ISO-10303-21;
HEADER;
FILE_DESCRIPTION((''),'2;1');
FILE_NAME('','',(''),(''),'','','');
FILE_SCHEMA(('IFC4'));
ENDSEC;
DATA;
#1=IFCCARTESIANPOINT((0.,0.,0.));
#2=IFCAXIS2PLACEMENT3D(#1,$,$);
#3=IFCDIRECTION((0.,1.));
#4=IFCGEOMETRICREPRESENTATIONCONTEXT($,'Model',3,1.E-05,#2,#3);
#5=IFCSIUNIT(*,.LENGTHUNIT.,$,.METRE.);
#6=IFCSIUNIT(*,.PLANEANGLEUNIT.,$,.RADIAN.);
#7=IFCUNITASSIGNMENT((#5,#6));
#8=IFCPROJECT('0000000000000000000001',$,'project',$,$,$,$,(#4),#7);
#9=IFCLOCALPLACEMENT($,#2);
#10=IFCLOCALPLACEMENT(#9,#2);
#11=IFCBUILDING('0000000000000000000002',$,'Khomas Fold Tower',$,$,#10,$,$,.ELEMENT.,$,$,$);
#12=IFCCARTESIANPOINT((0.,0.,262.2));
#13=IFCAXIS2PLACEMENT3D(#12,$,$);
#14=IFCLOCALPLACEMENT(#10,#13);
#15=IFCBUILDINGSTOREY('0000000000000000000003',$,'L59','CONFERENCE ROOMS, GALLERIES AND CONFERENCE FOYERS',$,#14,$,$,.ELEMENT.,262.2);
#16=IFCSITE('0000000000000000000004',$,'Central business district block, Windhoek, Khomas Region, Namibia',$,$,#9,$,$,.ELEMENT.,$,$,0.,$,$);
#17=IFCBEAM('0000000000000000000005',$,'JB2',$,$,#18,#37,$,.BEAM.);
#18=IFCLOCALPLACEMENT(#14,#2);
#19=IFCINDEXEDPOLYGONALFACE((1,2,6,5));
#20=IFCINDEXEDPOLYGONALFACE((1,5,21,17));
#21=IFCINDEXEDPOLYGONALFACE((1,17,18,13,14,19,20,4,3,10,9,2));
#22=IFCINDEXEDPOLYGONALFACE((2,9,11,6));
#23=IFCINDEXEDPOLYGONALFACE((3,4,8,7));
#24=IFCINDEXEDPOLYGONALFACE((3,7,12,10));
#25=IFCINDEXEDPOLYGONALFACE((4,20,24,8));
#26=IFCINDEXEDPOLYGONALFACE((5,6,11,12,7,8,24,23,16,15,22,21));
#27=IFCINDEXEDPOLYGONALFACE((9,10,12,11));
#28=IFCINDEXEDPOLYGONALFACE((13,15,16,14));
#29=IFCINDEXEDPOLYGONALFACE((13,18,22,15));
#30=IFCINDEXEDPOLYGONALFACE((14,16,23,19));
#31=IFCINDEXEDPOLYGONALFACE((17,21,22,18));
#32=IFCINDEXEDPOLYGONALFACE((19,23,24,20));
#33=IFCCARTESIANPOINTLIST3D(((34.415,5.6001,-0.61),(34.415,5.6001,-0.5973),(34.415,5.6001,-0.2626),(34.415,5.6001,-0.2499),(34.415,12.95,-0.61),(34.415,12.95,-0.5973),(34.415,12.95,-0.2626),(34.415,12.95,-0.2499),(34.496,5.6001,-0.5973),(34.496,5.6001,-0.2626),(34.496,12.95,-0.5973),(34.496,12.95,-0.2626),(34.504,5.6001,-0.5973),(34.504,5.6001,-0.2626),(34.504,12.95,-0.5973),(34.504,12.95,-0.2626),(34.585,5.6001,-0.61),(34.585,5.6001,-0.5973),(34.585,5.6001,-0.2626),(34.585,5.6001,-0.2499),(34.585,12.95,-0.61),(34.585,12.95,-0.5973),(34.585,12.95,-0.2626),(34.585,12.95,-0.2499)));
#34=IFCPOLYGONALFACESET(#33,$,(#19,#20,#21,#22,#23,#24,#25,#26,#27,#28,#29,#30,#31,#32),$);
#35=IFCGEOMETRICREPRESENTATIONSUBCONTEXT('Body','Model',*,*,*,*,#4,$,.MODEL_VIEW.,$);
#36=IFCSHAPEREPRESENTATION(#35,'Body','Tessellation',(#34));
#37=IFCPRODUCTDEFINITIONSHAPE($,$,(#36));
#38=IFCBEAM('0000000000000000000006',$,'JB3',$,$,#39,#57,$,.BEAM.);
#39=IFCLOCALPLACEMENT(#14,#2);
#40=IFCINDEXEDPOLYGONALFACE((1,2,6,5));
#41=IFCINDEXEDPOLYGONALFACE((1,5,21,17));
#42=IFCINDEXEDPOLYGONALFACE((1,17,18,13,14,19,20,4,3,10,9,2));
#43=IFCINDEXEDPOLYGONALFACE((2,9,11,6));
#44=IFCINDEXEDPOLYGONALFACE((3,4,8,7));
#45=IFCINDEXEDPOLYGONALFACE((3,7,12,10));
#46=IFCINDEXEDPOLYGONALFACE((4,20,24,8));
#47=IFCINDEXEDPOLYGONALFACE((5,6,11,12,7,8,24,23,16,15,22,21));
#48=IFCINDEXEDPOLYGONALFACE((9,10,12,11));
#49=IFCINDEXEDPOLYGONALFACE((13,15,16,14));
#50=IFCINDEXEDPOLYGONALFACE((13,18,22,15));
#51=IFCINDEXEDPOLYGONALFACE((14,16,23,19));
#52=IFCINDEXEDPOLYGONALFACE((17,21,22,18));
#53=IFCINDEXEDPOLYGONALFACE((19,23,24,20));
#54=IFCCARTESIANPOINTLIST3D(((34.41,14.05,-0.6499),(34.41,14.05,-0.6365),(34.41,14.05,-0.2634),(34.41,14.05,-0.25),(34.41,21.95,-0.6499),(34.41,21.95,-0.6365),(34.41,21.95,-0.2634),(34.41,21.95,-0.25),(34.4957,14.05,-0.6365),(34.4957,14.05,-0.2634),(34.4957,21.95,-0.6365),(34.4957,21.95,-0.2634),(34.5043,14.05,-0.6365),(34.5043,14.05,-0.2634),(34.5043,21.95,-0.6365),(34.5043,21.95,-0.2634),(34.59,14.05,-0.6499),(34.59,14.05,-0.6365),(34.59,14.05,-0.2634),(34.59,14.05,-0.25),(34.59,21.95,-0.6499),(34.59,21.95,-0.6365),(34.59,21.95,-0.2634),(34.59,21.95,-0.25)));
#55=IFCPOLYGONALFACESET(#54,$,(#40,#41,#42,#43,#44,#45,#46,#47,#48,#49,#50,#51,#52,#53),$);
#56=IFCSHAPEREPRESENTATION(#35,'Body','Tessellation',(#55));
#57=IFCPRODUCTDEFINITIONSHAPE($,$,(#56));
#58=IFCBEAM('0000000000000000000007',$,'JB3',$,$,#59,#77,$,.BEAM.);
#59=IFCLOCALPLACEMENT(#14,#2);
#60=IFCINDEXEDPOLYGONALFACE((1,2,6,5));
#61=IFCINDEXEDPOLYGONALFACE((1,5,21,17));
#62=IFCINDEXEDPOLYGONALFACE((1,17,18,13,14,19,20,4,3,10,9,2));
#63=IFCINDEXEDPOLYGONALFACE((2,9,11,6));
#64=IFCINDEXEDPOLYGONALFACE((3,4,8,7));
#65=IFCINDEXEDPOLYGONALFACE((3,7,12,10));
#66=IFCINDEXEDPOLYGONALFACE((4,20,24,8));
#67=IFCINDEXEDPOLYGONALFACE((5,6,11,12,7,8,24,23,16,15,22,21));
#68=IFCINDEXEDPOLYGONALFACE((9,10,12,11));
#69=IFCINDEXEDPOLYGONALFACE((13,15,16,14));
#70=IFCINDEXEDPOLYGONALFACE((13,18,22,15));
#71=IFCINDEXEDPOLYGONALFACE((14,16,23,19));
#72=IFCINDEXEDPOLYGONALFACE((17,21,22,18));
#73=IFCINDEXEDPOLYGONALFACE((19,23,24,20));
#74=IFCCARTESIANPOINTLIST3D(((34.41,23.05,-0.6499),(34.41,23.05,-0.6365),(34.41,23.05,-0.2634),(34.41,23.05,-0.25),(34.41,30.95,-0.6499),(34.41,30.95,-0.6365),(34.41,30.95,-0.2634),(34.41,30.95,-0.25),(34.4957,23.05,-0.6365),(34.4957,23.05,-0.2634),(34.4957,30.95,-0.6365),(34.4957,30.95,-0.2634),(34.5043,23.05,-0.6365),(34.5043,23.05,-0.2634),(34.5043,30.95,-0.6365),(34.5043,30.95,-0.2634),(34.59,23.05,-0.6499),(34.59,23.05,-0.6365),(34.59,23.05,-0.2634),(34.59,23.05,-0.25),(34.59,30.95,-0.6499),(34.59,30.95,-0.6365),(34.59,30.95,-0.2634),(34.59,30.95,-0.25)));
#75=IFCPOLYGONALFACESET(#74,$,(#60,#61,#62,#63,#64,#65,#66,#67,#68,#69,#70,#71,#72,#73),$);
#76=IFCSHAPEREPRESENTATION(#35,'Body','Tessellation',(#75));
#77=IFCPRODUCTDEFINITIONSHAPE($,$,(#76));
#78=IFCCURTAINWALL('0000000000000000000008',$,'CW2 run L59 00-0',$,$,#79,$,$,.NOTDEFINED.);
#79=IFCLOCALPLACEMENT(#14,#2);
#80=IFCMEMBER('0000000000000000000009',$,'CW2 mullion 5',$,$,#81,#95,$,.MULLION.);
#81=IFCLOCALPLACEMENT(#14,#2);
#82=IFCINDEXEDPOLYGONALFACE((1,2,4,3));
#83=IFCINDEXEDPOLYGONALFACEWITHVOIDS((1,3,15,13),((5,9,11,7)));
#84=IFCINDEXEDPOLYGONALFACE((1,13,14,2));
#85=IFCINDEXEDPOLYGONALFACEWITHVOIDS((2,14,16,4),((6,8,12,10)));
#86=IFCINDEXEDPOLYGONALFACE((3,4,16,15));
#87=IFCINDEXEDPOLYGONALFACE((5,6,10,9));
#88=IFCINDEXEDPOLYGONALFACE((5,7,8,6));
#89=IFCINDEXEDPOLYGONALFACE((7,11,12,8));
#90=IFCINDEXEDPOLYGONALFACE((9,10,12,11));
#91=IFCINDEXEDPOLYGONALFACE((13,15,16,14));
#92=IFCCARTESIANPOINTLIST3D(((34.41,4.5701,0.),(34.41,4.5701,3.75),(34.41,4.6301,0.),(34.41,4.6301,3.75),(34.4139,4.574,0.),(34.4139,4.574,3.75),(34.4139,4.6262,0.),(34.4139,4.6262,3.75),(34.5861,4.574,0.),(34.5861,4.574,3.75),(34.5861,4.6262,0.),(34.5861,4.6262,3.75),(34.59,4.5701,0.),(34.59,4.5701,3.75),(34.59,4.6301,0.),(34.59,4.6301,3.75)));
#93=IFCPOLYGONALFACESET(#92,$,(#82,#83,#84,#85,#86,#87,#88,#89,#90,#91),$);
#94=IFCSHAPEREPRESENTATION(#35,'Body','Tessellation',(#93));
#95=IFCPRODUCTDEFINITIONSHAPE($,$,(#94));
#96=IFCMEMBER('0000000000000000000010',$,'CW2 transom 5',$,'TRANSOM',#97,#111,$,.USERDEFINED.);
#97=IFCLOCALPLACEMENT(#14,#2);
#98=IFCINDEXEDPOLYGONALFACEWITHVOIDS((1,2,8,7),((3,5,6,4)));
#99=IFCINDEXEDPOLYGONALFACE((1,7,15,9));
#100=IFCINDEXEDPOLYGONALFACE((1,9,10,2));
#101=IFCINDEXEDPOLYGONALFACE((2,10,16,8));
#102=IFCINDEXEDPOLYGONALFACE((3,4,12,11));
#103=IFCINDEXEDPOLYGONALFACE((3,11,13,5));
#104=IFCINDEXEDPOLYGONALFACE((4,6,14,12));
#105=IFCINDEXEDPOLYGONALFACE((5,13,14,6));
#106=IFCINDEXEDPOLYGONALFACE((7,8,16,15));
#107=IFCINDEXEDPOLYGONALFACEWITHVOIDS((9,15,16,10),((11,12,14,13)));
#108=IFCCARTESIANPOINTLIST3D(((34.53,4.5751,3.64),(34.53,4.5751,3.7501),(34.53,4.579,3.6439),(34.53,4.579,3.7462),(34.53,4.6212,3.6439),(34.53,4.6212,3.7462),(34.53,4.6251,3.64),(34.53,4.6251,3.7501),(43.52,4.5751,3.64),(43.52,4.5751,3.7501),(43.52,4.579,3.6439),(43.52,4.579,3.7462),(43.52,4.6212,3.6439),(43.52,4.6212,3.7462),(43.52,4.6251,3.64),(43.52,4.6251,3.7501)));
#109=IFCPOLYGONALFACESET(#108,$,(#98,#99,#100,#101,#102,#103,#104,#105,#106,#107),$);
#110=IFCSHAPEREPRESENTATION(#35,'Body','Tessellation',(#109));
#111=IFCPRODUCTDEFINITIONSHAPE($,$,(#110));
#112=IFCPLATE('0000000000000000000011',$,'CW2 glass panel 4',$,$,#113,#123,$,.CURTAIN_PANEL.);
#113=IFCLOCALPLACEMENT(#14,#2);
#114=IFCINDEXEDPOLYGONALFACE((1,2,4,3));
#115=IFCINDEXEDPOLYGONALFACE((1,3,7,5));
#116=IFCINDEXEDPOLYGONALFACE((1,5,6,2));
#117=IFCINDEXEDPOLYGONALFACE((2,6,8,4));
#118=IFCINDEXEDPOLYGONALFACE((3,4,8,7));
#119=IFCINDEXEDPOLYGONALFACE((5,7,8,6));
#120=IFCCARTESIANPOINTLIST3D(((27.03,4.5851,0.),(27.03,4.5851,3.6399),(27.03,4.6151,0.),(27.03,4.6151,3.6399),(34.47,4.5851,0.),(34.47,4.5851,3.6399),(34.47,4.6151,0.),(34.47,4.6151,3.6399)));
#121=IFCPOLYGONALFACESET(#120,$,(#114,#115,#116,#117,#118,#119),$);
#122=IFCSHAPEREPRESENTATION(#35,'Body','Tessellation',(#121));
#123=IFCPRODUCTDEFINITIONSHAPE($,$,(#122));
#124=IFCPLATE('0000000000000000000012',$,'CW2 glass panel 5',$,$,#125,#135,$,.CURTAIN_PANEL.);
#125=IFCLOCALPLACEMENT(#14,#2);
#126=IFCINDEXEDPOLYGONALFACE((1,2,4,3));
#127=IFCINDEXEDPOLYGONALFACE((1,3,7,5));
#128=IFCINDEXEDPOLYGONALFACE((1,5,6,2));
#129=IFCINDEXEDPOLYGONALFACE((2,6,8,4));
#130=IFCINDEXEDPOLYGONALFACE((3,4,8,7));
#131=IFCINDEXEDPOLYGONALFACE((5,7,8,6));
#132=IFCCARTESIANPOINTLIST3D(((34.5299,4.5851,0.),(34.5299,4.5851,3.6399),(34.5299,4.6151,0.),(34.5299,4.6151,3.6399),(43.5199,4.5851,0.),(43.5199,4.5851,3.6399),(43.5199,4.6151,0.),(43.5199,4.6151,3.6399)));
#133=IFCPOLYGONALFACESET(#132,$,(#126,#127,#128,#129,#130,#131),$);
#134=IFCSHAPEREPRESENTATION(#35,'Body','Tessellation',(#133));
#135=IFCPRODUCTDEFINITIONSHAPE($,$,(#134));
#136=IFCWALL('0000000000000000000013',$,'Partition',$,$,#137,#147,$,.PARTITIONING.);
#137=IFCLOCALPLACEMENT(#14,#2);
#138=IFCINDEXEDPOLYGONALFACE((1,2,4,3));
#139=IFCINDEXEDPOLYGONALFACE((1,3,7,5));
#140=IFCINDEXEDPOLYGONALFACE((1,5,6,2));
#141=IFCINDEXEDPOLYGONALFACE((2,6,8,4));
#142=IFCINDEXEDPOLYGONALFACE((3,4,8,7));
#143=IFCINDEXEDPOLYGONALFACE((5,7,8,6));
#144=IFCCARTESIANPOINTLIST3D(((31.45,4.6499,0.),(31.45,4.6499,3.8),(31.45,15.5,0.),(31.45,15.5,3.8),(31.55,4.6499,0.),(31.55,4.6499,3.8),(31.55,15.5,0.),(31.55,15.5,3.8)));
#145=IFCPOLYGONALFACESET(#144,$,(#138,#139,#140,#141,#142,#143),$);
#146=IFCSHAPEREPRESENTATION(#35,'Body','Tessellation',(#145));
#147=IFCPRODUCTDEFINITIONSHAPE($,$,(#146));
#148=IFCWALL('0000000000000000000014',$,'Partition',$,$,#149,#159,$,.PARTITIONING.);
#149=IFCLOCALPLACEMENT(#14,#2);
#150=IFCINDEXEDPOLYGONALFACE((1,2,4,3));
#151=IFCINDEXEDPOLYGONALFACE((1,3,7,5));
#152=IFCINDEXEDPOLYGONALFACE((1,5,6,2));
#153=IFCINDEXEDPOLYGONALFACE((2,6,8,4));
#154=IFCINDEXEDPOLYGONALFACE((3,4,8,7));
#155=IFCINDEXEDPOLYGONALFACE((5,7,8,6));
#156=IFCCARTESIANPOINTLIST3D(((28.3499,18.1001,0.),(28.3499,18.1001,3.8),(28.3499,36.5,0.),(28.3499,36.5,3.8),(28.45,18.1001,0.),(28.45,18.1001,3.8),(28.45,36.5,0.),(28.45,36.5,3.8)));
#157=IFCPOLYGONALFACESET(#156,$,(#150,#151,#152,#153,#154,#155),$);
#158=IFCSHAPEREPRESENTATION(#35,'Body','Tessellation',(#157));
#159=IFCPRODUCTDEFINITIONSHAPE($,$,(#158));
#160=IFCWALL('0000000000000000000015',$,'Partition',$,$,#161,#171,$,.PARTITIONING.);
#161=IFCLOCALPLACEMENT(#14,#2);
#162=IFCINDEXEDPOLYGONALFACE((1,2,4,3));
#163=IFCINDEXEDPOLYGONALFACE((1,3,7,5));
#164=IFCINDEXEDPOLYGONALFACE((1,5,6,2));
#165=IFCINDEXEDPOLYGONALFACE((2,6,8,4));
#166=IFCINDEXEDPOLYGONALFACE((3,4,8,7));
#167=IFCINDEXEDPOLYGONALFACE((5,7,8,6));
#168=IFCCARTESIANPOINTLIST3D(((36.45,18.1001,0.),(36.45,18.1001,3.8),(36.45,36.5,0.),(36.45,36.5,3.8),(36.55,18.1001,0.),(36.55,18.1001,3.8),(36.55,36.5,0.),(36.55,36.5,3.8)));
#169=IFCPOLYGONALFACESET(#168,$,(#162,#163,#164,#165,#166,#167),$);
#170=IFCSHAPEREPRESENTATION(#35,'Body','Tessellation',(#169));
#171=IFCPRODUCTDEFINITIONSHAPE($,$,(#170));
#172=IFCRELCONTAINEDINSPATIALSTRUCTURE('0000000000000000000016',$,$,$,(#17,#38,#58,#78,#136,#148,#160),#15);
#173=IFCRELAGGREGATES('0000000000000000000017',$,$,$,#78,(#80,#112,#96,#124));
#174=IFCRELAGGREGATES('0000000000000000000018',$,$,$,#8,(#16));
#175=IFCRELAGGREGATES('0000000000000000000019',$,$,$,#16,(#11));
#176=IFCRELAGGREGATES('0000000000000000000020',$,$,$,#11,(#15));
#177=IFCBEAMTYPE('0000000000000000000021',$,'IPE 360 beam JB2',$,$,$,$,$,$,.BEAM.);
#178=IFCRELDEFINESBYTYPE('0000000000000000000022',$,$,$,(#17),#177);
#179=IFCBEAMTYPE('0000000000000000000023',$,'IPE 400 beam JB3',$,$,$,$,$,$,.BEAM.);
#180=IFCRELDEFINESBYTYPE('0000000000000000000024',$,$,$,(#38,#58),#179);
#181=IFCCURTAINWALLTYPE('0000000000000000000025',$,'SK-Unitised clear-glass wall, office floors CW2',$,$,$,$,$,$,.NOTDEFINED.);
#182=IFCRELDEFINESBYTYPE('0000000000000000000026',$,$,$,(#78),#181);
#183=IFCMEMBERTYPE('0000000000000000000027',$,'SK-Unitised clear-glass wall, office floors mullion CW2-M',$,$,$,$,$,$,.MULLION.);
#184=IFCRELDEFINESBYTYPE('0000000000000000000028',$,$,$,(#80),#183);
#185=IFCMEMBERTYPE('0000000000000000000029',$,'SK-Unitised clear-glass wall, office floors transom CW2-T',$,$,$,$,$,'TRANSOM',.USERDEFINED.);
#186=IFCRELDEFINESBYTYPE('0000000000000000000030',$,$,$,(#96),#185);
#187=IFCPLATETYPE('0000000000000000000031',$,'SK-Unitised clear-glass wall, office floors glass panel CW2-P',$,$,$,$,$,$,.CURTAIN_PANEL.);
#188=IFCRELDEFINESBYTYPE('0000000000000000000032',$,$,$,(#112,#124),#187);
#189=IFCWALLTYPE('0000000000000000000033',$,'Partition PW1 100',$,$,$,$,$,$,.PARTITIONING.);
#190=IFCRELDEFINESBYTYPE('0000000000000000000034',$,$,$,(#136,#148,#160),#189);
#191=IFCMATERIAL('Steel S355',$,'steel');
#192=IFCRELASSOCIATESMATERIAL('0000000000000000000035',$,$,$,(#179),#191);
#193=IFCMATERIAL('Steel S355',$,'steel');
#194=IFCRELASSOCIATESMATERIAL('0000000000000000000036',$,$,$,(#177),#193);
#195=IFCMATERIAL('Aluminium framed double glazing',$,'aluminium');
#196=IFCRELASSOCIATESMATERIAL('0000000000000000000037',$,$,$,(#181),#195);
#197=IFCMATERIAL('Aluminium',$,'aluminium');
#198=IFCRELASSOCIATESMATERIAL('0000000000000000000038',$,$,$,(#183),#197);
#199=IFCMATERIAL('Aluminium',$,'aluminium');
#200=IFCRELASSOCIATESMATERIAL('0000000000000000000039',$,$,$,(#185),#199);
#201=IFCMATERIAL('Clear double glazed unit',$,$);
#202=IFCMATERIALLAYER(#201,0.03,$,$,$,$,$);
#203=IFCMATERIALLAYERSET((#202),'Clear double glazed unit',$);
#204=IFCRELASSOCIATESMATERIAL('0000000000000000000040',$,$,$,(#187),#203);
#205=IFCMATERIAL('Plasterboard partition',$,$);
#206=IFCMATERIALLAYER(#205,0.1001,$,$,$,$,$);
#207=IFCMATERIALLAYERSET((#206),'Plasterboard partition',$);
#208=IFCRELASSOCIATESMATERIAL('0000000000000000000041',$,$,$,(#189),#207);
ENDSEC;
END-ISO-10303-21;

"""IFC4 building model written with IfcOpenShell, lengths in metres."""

from ifc_helpers import new_model, si_unit, direction, frame, frame_2d, origin, origin_2d, place, context, subcontext, project, spatial, rectangle, hollow_rectangle, i_section, extrude, source, transform, mapped, material, layer, layer_set, material_profile, profile_set, type_object, element, aggregate, save


model = new_model("IFC4")

# Units and contexts
model_context = context("Model", 3, precision=1e-05, world=origin(), true_north=direction((0.0, 1.0)))
body_context = subcontext(model_context, "Body", "Model", "MODEL_VIEW")
ifc_project = project(units=[si_unit("LENGTHUNIT", "METRE"), si_unit("PLANEANGLEUNIT", "RADIAN")], contexts=[model_context])

# Site, building, storey
site_placement = place(None, origin())
site = spatial("IfcSite", under=ifc_project, at=site_placement, Name="Central business district block, Windhoek, Khomas Region, Namibia", CompositionType="ELEMENT", RefElevation=0.0)
building_placement = place(site_placement, origin())
building = spatial("IfcBuilding", under=site, at=building_placement, Name="Khomas Fold Tower", CompositionType="ELEMENT")
storey_placement = place(building_placement, frame((0.0, 0.0, 262.2)))
storey = spatial("IfcBuildingStorey", under=building, at=storey_placement, Name="L59", Description="CONFERENCE ROOMS, GALLERIES AND CONFERENCE FOYERS", CompositionType="ELEMENT", Elevation=262.2)

# Beams
ifc_material_1 = material(Name="Steel S355", Category="steel")
ifc_material_profile_1 = material_profile(ifc_material_1, i_section(OverallWidth=0.1799, OverallDepth=0.3999, WebThickness=0.0085, FlangeThickness=0.0134, at=origin_2d()), Name="IPE 400")
ifc_profile_set_1 = profile_set([ifc_material_profile_1], Name="Steel S355")
beam_type_1 = type_object("IfcBeamType", Name="IPE 400 beam JB3", PredefinedType="BEAM", material=ifc_profile_set_1)
ifc_material_2 = material(Name="Steel S355", Category="steel")
ifc_material_profile_2 = material_profile(ifc_material_2, i_section(OverallWidth=0.1699, OverallDepth=0.3601, WebThickness=0.0081, FlangeThickness=0.0127, at=origin_2d()), Name="IPE 360")
ifc_profile_set_2 = profile_set([ifc_material_profile_2], Name="Steel S355")
beam_type_2 = type_object("IfcBeamType", Name="IPE 360 beam JB2", PredefinedType="BEAM", material=ifc_profile_set_2)
shared_shape_1 = source(origin(), body_context, "Body", "SweptSolid", [
    extrude(i_section(OverallWidth=0.1699, OverallDepth=0.3601, WebThickness=0.0081, FlangeThickness=0.0127, at=origin_2d()), origin(), (0.0, 0.0, 1.0), 7.3499),
])
beam_1_placement = place(storey_placement, frame((34.5, 5.6001, -0.4299), z_axis=(0.0, 1.0, 0.0), x_axis=(-1.0, 0.0, 0.0)))
element("IfcBeam", 1, at=beam_1_placement, inside=storey, type_object=beam_type_2, Name="JB2", PredefinedType="BEAM", context=body_context, shape_type="MappedRepresentation", body=[
    mapped(shared_shape_1, transform((0.0, 0.0, 0.0))),
])
shared_shape_2 = source(origin(), body_context, "Body", "SweptSolid", [
    extrude(i_section(OverallWidth=0.1799, OverallDepth=0.3999, WebThickness=0.0085, FlangeThickness=0.0134, at=origin_2d()), origin(), (0.0, 0.0, 1.0), 7.8999),
])
for number, where, z_axis, x_axis, name in (
    (2, (34.5, 14.05, -0.45), (0.0, 1.0, 0.0), (-1.0, 0.0, 0.0), "JB3"),
    (3, (34.5, 23.05, -0.45), (0.0, 1.0, 0.0), (-1.0, 0.0, 0.0), "JB3"),
):
    element("IfcBeam", number, at=place(storey_placement, frame(where, z_axis=z_axis, x_axis=x_axis)), inside=storey, type_object=beam_type_1, Name=name, PredefinedType="BEAM", context=body_context, shape_type="MappedRepresentation", body=[
        mapped(shared_shape_2, transform((0.0, 0.0, 0.0))),
    ])

# Curtain wall, members, plates
ifc_material_3 = material(Name="Aluminium framed double glazing", Category="aluminium")
curtain_wall_type = type_object("IfcCurtainWallType", Name="SK-Unitised clear-glass wall, office floors CW2", PredefinedType="NOTDEFINED", material=ifc_material_3)
curtain_wall_placement = place(storey_placement, origin())
curtain_wall = element("IfcCurtainWall", 4, at=curtain_wall_placement, inside=storey, type_object=curtain_wall_type, Name="CW2 run L59 00-0", PredefinedType="NOTDEFINED")
ifc_material_4 = material(Name="Aluminium", Category="aluminium")
ifc_material_profile_3 = material_profile(ifc_material_4, hollow_rectangle(XDim=0.0601, YDim=0.1799, WallThickness=0.0039, at=origin_2d()), Name="SK-Unitised clear-glass wall, office floors mullion CW2-M")
ifc_profile_set_3 = profile_set([ifc_material_profile_3], Name="Aluminium")
member_type_1 = type_object("IfcMemberType", Name="SK-Unitised clear-glass wall, office floors mullion CW2-M", PredefinedType="MULLION", material=ifc_profile_set_3)
shared_shape_3 = source(origin(), body_context, "Body", "SweptSolid", [
    extrude(hollow_rectangle(XDim=0.0601, YDim=0.1799, WallThickness=0.0039, at=origin_2d()), origin(), (0.0, 0.0, 1.0), 3.75),
])
member_1_placement = place(storey_placement, frame((34.5, 4.6001, 0.0), z_axis=(0.0, 0.0, 1.0), x_axis=(0.0, 1.0, 0.0)))
member_1 = element("IfcMember", 5, at=member_1_placement, type_object=member_type_1, Name="CW2 mullion 5", PredefinedType="MULLION", context=body_context, shape_type="MappedRepresentation", body=[
    mapped(shared_shape_3, transform((0.0, 0.0, 0.0))),
])
ifc_material_5 = material(Name="Aluminium", Category="aluminium")
ifc_material_profile_4 = material_profile(ifc_material_5, hollow_rectangle(XDim=0.05, YDim=0.1101, WallThickness=0.0039, at=origin_2d()), Name="SK-Unitised clear-glass wall, office floors transom CW2-T")
ifc_profile_set_4 = profile_set([ifc_material_profile_4], Name="Aluminium")
member_type_2 = type_object("IfcMemberType", Name="SK-Unitised clear-glass wall, office floors transom CW2-T", ElementType="TRANSOM", PredefinedType="USERDEFINED", material=ifc_profile_set_4)
shared_shape_4 = source(origin(), body_context, "Body", "SweptSolid", [
    extrude(hollow_rectangle(XDim=0.05, YDim=0.1101, WallThickness=0.0039, at=origin_2d()), origin(), (0.0, 0.0, 1.0), 8.99),
])
member_2_placement = place(storey_placement, frame((34.53, 4.6001, 3.6951), z_axis=(1.0, 0.0, 0.0), x_axis=(0.0, 1.0, 0.0)))
member_2 = element("IfcMember", 6, at=member_2_placement, type_object=member_type_2, Name="CW2 transom 5", ObjectType="TRANSOM", PredefinedType="USERDEFINED", context=body_context, shape_type="MappedRepresentation", body=[
    mapped(shared_shape_4, transform((0.0, 0.0, 0.0))),
])
ifc_material_6 = material(Name="Clear double glazed unit")
ifc_layer_1 = layer(ifc_material_6, 0.03)
ifc_layer_set_1 = layer_set([ifc_layer_1], Name="Clear double glazed unit")
plate_type = type_object("IfcPlateType", Name="SK-Unitised clear-glass wall, office floors glass panel CW2-P", PredefinedType="CURTAIN_PANEL", material=ifc_layer_set_1)
shared_shape_5 = source(origin(), body_context, "Body", "SweptSolid", [
    extrude(rectangle(XDim=7.4399, YDim=0.03, at=origin_2d()), origin(), (0.0, 0.0, 1.0), 3.6399),
])
plate_1_placement = place(storey_placement, frame((30.75, 4.6001, 0.0), z_axis=(0.0, 0.0, 1.0), x_axis=(1.0, 0.0, 0.0)))
plate_1 = element("IfcPlate", 7, at=plate_1_placement, type_object=plate_type, Name="CW2 glass panel 4", PredefinedType="CURTAIN_PANEL", context=body_context, shape_type="MappedRepresentation", body=[
    mapped(shared_shape_5, transform((0.0, 0.0, 0.0))),
])
shared_shape_6 = source(origin(), body_context, "Body", "SweptSolid", [
    extrude(rectangle(XDim=8.99, YDim=0.03, at=origin_2d()), origin(), (0.0, 0.0, 1.0), 3.6399),
])
plate_2_placement = place(storey_placement, frame((39.0249, 4.6001, 0.0), z_axis=(0.0, 0.0, 1.0), x_axis=(1.0, 0.0, 0.0)))
plate_2 = element("IfcPlate", 8, at=plate_2_placement, type_object=plate_type, Name="CW2 glass panel 5", PredefinedType="CURTAIN_PANEL", context=body_context, shape_type="MappedRepresentation", body=[
    mapped(shared_shape_6, transform((0.0, 0.0, 0.0))),
])
aggregate(curtain_wall, [member_1, plate_1, member_2, plate_2])

# Walls
ifc_material_7 = material(Name="Plasterboard partition")
ifc_layer_2 = layer(ifc_material_7, 0.1001)
ifc_layer_set_2 = layer_set([ifc_layer_2], Name="Plasterboard partition")
wall_type = type_object("IfcWallType", Name="Partition PW1 100", PredefinedType="PARTITIONING", material=ifc_layer_set_2)
shared_shape_7 = source(origin(), body_context, "Body", "SweptSolid", [
    extrude(rectangle(XDim=10.8501, YDim=0.1001, at=frame_2d((5.425, 0.0))), origin(), (0.0, 0.0, 1.0), 3.8),
])
wall_placement = place(storey_placement, frame((31.5, 4.6499, 0.0), z_axis=(0.0, 0.0, 1.0), x_axis=(0.0, 1.0, 0.0)))
element("IfcWall", 9, at=wall_placement, inside=storey, type_object=wall_type, Name="Partition", PredefinedType="PARTITIONING", context=body_context, shape_type="MappedRepresentation", body=[
    mapped(shared_shape_7, transform((0.0, 0.0, 0.0))),
])
shared_shape_8 = source(origin(), body_context, "Body", "SweptSolid", [
    extrude(rectangle(XDim=18.3999, YDim=0.1001, at=frame_2d((9.2, 0.0))), origin(), (0.0, 0.0, 1.0), 3.8),
])
for number, where, z_axis, x_axis, name in (
    (10, (28.3999, 18.1001, 0.0), (0.0, 0.0, 1.0), (0.0, 1.0, 0.0), "Partition"),
    (11, (36.5, 18.1001, 0.0), (0.0, 0.0, 1.0), (0.0, 1.0, 0.0), "Partition"),
):
    element("IfcWall", number, at=place(storey_placement, frame(where, z_axis=z_axis, x_axis=x_axis)), inside=storey, type_object=wall_type, Name=name, PredefinedType="PARTITIONING", context=body_context, shape_type="MappedRepresentation", body=[
        mapped(shared_shape_8, transform((0.0, 0.0, 0.0))),
    ])

save(model, "model.ifc")
